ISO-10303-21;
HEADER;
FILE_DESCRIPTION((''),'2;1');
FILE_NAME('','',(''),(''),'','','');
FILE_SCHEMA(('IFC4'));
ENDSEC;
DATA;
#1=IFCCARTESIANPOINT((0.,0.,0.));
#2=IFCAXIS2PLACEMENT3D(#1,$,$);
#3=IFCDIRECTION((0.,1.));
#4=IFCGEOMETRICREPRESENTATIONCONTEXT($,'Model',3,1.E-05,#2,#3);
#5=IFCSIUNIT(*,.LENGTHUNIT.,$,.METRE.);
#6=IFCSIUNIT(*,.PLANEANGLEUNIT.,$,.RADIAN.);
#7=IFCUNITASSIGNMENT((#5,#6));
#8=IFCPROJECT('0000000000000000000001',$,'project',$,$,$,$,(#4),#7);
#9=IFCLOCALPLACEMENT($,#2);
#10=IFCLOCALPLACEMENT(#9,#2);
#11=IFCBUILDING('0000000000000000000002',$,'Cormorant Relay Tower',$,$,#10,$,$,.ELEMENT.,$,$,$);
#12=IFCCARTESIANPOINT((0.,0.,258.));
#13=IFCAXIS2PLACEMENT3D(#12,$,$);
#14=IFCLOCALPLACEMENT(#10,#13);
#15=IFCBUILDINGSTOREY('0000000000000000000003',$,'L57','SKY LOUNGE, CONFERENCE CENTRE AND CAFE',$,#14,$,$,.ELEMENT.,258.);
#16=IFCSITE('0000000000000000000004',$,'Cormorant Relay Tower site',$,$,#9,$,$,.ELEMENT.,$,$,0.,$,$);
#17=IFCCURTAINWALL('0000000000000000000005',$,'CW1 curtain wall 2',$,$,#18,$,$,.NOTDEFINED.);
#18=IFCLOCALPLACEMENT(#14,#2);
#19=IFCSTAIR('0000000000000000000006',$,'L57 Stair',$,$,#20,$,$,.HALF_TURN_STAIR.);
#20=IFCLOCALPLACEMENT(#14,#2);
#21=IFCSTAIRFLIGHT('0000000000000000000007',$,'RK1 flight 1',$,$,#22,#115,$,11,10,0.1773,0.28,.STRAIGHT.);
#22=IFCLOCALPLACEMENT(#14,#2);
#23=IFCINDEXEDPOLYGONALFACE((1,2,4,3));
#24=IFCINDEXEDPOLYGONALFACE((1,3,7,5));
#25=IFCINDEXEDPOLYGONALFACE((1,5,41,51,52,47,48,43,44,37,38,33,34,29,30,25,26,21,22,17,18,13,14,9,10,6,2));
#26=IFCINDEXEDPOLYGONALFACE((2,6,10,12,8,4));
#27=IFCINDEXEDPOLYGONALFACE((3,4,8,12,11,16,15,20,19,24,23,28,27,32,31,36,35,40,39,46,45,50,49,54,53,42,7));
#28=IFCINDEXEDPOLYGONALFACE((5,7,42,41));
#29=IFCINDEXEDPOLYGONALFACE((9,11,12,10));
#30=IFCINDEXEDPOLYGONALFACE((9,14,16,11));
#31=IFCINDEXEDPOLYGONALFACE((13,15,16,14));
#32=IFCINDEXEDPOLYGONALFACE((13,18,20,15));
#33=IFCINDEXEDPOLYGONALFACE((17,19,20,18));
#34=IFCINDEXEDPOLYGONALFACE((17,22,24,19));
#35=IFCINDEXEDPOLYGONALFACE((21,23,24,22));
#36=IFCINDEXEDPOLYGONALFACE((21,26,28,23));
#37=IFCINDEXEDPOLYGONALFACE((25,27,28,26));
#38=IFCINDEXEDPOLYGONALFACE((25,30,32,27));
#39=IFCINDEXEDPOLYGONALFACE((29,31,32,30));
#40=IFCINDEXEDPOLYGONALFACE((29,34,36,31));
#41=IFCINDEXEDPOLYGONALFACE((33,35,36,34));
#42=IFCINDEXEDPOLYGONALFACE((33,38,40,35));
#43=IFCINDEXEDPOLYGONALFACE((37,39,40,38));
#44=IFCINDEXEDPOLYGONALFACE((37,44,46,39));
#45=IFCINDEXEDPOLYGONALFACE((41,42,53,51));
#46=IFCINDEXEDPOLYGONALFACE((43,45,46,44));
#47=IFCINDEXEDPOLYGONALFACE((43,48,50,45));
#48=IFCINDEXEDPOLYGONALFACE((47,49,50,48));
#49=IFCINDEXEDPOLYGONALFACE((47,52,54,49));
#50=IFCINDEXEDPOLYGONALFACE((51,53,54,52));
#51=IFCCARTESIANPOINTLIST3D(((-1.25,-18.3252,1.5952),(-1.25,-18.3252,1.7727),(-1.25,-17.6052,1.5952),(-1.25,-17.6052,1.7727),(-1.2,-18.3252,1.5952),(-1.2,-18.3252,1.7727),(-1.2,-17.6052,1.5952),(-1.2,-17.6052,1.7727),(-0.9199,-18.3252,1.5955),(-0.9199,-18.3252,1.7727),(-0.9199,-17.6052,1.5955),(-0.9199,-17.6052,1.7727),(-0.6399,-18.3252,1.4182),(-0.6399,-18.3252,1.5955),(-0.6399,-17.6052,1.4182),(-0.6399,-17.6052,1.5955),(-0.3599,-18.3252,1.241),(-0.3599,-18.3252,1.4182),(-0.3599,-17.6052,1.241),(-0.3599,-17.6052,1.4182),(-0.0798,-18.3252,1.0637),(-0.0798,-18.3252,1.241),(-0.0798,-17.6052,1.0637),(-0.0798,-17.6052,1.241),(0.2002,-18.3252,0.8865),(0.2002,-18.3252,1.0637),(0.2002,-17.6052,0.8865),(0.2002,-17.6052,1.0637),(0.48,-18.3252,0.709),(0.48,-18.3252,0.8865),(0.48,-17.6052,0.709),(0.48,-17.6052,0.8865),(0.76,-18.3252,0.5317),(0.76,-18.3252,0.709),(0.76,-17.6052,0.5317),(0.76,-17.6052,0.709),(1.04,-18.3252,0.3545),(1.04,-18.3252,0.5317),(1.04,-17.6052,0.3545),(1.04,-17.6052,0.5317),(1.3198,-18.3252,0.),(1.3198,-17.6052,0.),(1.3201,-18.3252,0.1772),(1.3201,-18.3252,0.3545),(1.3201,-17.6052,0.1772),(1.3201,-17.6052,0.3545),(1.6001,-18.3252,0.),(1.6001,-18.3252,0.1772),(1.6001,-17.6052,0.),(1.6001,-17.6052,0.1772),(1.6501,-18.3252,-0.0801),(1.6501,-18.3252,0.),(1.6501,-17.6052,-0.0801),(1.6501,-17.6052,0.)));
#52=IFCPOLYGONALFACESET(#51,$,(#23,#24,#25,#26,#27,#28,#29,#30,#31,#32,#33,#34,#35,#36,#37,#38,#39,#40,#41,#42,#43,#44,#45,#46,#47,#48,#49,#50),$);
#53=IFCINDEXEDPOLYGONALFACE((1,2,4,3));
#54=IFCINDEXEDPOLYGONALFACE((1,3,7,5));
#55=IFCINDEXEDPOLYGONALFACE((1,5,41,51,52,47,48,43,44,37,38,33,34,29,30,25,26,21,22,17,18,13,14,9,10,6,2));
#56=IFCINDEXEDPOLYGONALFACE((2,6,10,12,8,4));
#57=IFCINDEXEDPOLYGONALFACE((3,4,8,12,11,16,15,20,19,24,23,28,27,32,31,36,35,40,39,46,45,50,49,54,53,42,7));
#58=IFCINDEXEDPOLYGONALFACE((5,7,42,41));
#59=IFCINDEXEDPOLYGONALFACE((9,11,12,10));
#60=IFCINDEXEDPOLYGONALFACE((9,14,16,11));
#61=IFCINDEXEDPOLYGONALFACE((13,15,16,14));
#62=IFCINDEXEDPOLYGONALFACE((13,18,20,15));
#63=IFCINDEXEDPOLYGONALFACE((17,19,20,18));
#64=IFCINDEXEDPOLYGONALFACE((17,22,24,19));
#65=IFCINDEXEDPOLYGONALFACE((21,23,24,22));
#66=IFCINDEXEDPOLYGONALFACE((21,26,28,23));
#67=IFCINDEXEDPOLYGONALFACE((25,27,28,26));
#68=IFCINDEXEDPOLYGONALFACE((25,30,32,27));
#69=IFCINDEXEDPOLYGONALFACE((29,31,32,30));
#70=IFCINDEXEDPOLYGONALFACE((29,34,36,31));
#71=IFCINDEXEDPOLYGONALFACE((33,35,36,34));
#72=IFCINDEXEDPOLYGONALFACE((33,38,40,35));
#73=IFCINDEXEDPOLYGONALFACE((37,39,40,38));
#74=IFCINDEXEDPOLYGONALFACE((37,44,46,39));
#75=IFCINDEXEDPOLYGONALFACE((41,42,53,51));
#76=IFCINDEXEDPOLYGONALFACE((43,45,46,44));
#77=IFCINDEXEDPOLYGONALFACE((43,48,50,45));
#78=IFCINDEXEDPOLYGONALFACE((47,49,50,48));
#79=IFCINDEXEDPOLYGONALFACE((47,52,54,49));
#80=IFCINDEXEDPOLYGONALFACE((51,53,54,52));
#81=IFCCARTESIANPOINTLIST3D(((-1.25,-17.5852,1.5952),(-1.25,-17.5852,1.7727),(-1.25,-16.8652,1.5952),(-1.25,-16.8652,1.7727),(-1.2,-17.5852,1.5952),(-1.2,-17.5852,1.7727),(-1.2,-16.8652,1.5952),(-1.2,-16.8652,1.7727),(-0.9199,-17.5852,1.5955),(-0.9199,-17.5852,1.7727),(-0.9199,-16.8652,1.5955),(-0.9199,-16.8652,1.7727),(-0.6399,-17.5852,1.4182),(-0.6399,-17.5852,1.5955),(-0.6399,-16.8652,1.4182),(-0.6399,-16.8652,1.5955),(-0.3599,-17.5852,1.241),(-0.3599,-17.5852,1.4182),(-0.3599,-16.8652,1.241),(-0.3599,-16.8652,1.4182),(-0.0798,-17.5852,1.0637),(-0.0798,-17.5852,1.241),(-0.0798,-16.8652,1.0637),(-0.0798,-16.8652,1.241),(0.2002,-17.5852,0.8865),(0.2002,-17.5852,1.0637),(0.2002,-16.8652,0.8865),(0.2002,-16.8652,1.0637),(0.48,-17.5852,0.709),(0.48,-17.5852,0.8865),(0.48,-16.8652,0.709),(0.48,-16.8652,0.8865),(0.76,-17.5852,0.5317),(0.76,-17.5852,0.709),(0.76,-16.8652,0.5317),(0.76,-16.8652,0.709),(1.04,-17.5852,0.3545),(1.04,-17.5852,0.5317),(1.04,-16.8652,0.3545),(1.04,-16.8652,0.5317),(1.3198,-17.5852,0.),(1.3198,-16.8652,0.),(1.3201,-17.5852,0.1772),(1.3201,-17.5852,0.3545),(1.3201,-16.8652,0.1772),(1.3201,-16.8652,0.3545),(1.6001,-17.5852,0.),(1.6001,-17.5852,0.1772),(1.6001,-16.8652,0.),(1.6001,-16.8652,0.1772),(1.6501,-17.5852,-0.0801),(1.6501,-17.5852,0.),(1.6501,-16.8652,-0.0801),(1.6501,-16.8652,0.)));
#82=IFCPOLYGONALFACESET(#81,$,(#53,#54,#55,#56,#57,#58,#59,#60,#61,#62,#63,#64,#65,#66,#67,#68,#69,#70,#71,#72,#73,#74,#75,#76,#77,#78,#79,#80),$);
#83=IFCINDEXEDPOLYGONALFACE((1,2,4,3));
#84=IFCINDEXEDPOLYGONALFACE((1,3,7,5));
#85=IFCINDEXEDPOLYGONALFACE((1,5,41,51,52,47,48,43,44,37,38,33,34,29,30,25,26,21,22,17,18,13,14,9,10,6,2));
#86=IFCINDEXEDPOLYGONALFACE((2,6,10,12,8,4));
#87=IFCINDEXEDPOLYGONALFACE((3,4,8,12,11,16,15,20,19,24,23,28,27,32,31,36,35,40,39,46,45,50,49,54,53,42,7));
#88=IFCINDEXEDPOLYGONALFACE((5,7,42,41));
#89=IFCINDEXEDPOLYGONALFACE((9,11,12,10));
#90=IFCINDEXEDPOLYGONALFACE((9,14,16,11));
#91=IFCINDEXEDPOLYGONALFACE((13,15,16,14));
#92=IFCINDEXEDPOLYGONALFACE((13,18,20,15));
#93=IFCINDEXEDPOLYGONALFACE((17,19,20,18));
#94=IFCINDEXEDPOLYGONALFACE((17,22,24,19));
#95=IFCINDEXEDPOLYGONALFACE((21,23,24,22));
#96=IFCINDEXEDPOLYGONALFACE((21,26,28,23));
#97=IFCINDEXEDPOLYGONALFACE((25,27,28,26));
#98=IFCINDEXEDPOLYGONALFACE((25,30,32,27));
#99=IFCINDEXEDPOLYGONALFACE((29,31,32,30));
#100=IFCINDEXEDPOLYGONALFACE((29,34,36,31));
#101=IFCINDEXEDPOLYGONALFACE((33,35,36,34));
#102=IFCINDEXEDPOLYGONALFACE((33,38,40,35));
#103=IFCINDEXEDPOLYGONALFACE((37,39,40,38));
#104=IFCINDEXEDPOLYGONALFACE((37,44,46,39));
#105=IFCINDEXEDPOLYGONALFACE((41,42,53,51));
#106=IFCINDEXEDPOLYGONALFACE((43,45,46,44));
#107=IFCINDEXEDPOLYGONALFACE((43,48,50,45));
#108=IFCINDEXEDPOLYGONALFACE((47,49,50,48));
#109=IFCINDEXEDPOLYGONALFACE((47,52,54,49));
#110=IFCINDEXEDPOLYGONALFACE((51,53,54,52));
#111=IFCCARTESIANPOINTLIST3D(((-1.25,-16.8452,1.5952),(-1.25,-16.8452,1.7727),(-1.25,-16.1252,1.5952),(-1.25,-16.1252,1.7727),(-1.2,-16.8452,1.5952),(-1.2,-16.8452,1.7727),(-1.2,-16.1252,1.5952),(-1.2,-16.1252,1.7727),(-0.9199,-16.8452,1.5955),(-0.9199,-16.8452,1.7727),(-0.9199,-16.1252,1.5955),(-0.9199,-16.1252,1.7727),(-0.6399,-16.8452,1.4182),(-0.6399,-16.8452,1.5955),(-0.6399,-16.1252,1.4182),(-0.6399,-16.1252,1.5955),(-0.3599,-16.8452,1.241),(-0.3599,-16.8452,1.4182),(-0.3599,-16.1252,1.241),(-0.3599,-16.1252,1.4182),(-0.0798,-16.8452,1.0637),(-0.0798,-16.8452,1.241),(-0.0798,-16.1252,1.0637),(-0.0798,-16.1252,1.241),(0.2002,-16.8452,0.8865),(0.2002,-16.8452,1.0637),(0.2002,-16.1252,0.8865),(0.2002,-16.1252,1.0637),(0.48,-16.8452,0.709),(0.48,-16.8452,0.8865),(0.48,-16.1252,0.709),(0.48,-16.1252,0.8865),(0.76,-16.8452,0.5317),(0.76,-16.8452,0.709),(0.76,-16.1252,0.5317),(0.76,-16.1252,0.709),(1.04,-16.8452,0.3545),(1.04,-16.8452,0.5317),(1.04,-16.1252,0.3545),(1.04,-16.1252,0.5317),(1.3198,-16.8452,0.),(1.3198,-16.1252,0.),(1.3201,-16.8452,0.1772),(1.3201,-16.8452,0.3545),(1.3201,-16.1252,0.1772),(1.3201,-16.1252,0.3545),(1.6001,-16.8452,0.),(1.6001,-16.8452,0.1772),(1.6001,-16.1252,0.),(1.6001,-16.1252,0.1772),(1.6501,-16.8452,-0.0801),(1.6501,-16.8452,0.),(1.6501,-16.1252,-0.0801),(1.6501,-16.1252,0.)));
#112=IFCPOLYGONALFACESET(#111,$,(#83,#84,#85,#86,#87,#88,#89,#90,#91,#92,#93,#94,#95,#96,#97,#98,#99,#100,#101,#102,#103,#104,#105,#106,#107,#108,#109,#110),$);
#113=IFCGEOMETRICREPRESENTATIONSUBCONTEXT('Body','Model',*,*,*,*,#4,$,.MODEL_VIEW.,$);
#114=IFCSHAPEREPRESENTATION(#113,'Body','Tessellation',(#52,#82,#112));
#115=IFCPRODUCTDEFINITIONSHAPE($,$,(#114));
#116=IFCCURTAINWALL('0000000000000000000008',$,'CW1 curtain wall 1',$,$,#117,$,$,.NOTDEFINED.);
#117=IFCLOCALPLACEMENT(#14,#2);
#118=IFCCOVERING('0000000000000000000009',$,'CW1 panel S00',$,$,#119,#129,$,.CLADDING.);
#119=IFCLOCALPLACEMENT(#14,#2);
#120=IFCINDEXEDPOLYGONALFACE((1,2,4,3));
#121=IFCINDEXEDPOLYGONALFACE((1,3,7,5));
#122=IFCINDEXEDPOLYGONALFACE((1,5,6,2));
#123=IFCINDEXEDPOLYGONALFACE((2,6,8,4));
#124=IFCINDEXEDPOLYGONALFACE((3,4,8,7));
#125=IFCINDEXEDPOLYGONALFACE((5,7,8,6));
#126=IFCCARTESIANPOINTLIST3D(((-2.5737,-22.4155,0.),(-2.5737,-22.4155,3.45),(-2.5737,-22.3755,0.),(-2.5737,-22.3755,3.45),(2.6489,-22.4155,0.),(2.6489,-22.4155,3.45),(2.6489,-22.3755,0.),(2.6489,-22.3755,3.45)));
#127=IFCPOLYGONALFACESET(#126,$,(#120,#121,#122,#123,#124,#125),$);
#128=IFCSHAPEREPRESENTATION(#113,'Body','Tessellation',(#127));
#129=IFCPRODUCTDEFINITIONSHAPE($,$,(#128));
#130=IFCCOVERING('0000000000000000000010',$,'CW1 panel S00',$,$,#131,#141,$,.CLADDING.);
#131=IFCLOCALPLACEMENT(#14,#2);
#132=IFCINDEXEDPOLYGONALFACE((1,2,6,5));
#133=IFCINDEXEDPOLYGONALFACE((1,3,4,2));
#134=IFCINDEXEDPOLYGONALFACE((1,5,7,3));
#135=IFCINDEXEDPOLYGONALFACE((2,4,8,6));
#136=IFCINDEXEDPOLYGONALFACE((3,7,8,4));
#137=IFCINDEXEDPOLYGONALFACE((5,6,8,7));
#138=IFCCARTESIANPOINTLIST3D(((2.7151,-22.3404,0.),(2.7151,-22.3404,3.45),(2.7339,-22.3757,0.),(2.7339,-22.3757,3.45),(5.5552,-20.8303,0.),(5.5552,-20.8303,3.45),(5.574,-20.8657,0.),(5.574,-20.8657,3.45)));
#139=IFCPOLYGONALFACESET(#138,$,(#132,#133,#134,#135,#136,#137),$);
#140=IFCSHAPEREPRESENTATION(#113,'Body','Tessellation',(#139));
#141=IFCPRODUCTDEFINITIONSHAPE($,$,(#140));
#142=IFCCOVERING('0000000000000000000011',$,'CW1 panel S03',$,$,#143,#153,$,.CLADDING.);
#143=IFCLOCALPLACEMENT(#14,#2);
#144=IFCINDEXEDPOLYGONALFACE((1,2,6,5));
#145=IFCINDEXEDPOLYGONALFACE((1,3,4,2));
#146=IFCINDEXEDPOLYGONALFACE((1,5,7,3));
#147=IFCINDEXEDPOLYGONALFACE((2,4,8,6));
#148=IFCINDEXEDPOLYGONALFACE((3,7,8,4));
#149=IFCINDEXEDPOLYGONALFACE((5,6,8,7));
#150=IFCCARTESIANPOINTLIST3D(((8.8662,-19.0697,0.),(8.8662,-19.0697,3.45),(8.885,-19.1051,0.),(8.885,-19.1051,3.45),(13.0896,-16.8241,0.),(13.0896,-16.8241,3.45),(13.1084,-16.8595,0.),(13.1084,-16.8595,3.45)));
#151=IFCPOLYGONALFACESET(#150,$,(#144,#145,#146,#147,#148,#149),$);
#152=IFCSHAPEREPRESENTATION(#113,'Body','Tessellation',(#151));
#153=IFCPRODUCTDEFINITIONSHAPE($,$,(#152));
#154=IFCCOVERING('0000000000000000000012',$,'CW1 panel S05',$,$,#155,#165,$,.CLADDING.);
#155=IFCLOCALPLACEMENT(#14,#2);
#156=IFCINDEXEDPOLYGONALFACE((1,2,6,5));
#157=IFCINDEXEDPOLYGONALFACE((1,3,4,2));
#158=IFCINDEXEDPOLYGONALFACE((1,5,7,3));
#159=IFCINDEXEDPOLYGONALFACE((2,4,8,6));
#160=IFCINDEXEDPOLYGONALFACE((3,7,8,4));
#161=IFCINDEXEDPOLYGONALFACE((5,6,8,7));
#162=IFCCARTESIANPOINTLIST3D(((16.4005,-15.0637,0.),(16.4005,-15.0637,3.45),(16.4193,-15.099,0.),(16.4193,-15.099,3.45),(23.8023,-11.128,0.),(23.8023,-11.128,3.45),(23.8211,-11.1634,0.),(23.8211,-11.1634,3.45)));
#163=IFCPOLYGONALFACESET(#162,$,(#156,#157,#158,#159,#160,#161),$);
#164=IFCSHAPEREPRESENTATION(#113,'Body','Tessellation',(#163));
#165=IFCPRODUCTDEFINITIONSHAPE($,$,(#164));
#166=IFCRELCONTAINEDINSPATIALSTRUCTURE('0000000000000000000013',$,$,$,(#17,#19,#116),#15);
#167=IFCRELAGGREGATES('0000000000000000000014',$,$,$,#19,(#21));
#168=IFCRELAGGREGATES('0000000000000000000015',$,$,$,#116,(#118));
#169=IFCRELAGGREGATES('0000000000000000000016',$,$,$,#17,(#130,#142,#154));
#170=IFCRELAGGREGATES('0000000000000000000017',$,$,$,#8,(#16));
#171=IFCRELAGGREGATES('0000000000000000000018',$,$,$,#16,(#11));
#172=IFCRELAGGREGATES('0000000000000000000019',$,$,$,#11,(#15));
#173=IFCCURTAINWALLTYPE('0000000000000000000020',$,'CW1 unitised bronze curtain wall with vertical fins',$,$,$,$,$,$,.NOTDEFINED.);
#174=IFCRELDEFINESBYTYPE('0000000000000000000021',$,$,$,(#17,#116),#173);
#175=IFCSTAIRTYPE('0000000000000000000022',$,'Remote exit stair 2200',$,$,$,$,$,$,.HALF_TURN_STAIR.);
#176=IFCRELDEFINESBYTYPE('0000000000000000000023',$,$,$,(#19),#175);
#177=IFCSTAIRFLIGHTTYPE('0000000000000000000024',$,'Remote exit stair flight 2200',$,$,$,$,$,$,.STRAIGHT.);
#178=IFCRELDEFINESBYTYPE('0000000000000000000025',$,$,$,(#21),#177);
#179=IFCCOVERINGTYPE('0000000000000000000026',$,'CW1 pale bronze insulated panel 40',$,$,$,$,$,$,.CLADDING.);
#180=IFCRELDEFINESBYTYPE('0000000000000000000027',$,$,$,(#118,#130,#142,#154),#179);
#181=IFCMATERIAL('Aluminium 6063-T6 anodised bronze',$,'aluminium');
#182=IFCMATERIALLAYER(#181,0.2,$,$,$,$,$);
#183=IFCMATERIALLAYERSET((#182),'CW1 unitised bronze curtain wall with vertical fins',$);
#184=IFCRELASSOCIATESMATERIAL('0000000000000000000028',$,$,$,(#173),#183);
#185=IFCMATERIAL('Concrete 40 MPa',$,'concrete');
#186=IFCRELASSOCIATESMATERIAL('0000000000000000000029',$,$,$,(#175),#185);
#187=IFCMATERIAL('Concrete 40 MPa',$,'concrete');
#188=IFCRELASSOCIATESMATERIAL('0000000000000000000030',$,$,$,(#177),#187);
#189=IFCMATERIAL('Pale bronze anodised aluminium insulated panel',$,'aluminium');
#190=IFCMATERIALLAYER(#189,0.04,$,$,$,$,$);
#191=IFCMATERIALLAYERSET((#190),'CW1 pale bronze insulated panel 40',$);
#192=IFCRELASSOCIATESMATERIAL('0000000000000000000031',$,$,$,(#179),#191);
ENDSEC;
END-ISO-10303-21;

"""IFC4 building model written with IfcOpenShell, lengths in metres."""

from ifc_helpers import new_model, si_unit, direction, frame, origin, origin_2d, place, context, subcontext, project, spatial, polyline, rectangle, outline, extrude, material, layer, layer_set, type_object, element, aggregate, save


model = new_model("IFC4")

# Units and contexts
model_context = context("Model", 3, precision=1e-05, world=origin(), true_north=direction((0.0, 1.0)))
body_context = subcontext(model_context, "Body", "Model", "MODEL_VIEW")
ifc_project = project(units=[si_unit("LENGTHUNIT", "METRE"), si_unit("PLANEANGLEUNIT", "RADIAN")], contexts=[model_context])

# Site, building, storey
site_placement = place(None, origin())
site = spatial("IfcSite", under=ifc_project, at=site_placement, Name="Cormorant Relay Tower site", CompositionType="ELEMENT", RefElevation=0.0)
building_placement = place(site_placement, origin())
building = spatial("IfcBuilding", under=site, at=building_placement, Name="Cormorant Relay Tower", CompositionType="ELEMENT")
storey_placement = place(building_placement, frame((0.0, 0.0, 258.0)))
storey = spatial("IfcBuildingStorey", under=building, at=storey_placement, Name="L57", Description="SKY LOUNGE, CONFERENCE CENTRE AND CAFE", CompositionType="ELEMENT", Elevation=258.0)

# Curtain wall
ifc_material_1 = material(Name="Aluminium 6063-T6 anodised bronze", Category="aluminium")
ifc_layer_1 = layer(ifc_material_1, 0.2)
ifc_layer_set_1 = layer_set([ifc_layer_1], Name="CW1 unitised bronze curtain wall with vertical fins")
curtain_wall_type = type_object("IfcCurtainWallType", Name="CW1 unitised bronze curtain wall with vertical fins", PredefinedType="NOTDEFINED", material=ifc_layer_set_1)
curtain_wall_1_placement = place(storey_placement, origin())
curtain_wall_1 = element("IfcCurtainWall", 1, at=curtain_wall_1_placement, inside=storey, type_object=curtain_wall_type, Name="CW1 curtain wall 2", PredefinedType="NOTDEFINED")

# Stair, stair flight
ifc_material_2 = material(Name="Concrete 40 MPa", Category="concrete")
stair_type = type_object("IfcStairType", Name="Remote exit stair 2200", PredefinedType="HALF_TURN_STAIR", material=ifc_material_2)
stair_placement = place(storey_placement, origin())
stair = element("IfcStair", 2, at=stair_placement, inside=storey, type_object=stair_type, Name="L57 Stair", PredefinedType="HALF_TURN_STAIR")
ifc_material_3 = material(Name="Concrete 40 MPa", Category="concrete")
stair_flight_type = type_object("IfcStairFlightType", Name="Remote exit stair flight 2200", PredefinedType="STRAIGHT", material=ifc_material_3)
stair_flight_placement = place(storey_placement, frame((1.6001, -17.2251, 0.0), z_axis=(0.0, 0.0, 1.0), x_axis=(-1.0, 0.0, 0.0)))
stair_flight = element("IfcStairFlight", 3, at=stair_flight_placement, type_object=stair_flight_type, Name="RK1 flight 1", NumberOfRisers=11, NumberOfTreads=10, PredefinedType="STRAIGHT", RiserHeight=0.1773, TreadLength=0.28, context=body_context, shape_type="SweptSolid", body=[
    extrude(outline(polyline([(-0.05, -0.0801), (-0.05, 0.0), (0.0, 0.0), (0.0, 0.1772), (0.28, 0.1772), (0.28, 0.3545), (0.5601, 0.3545), (0.5601, 0.5317), (0.8401, 0.5317), (0.8401, 0.709), (1.1201, 0.709), (1.1201, 0.8865), (1.3999, 0.8865), (1.3999, 1.0637), (1.6799, 1.0637), (1.6799, 1.241), (1.96, 1.241), (1.96, 1.4182), (2.24, 1.4182), (2.24, 1.5955), (2.52, 1.5955), (2.52, 1.7727), (2.8, 1.7727), (2.8501, 1.7727), (2.8501, 1.5952), (2.8, 1.5952), (0.2803, 0.0), (-0.05, -0.0801)])), frame((0.0, 1.1001, 0.0), z_axis=(0.0, -1.0, 0.0), x_axis=(1.0, 0.0, 0.0)), (0.0, 0.0, 1.0), 0.72),
    extrude(outline(polyline([(-0.05, -0.0801), (-0.05, 0.0), (0.0, 0.0), (0.0, 0.1772), (0.28, 0.1772), (0.28, 0.3545), (0.5601, 0.3545), (0.5601, 0.5317), (0.8401, 0.5317), (0.8401, 0.709), (1.1201, 0.709), (1.1201, 0.8865), (1.3999, 0.8865), (1.3999, 1.0637), (1.6799, 1.0637), (1.6799, 1.241), (1.96, 1.241), (1.96, 1.4182), (2.24, 1.4182), (2.24, 1.5955), (2.52, 1.5955), (2.52, 1.7727), (2.8, 1.7727), (2.8501, 1.7727), (2.8501, 1.5952), (2.8, 1.5952), (0.2803, 0.0), (-0.05, -0.0801)])), frame((0.0, 0.3601, 0.0), z_axis=(0.0, -1.0, 0.0), x_axis=(1.0, 0.0, 0.0)), (0.0, 0.0, 1.0), 0.72),
    extrude(outline(polyline([(-0.05, -0.0801), (-0.05, 0.0), (0.0, 0.0), (0.0, 0.1772), (0.28, 0.1772), (0.28, 0.3545), (0.5601, 0.3545), (0.5601, 0.5317), (0.8401, 0.5317), (0.8401, 0.709), (1.1201, 0.709), (1.1201, 0.8865), (1.3999, 0.8865), (1.3999, 1.0637), (1.6799, 1.0637), (1.6799, 1.241), (1.96, 1.241), (1.96, 1.4182), (2.24, 1.4182), (2.24, 1.5955), (2.52, 1.5955), (2.52, 1.7727), (2.8, 1.7727), (2.8501, 1.7727), (2.8501, 1.5952), (2.8, 1.5952), (0.2803, 0.0), (-0.05, -0.0801)])), frame((0.0, -0.3799, 0.0), z_axis=(0.0, -1.0, 0.0), x_axis=(1.0, 0.0, 0.0)), (0.0, 0.0, 1.0), 0.72),
])
aggregate(stair, [stair_flight])

# Curtain wall, covering
curtain_wall_2_placement = place(storey_placement, origin())
curtain_wall_2 = element("IfcCurtainWall", 4, at=curtain_wall_2_placement, inside=storey, type_object=curtain_wall_type, Name="CW1 curtain wall 1", PredefinedType="NOTDEFINED")
ifc_material_4 = material(Name="Pale bronze anodised aluminium insulated panel", Category="aluminium")
ifc_layer_2 = layer(ifc_material_4, 0.04)
ifc_layer_set_2 = layer_set([ifc_layer_2], Name="CW1 pale bronze insulated panel 40")
covering_type = type_object("IfcCoveringType", Name="CW1 pale bronze insulated panel 40", PredefinedType="CLADDING", material=ifc_layer_set_2)
covering_1_placement = place(storey_placement, frame((0.0376, -22.3955, 0.0), z_axis=(0.0, 0.0, 1.0), x_axis=(1.0, 0.0, 0.0)))
covering_1 = element("IfcCovering", 5, at=covering_1_placement, type_object=covering_type, Name="CW1 panel S00", PredefinedType="CLADDING", context=body_context, shape_type="SweptSolid", body=[
    extrude(rectangle(XDim=5.2227, YDim=0.04, at=origin_2d()), origin(), (0.0, 0.0, 1.0), 3.45),
])
aggregate(curtain_wall_2, [covering_1])

# Coverings
covering_2_placement = place(storey_placement, frame((4.1445, -21.603, 0.0), z_axis=(0.0, 0.0, 1.0), x_axis=(0.882948, 0.469472, 0.0)))
covering_2 = element("IfcCovering", 6, at=covering_2_placement, type_object=covering_type, Name="CW1 panel S00", PredefinedType="CLADDING", context=body_context, shape_type="SweptSolid", body=[
    extrude(rectangle(XDim=3.2166, YDim=0.04, at=origin_2d()), origin(), (0.0, 0.0, 1.0), 3.45),
])
covering_3_placement = place(storey_placement, frame((10.9873, -17.9646, 0.0), z_axis=(0.0, 0.0, 1.0), x_axis=(0.882948, 0.469472, 0.0)))
covering_3 = element("IfcCovering", 7, at=covering_3_placement, type_object=covering_type, Name="CW1 panel S03", PredefinedType="CLADDING", context=body_context, shape_type="SweptSolid", body=[
    extrude(rectangle(XDim=4.7832, YDim=0.04, at=origin_2d()), origin(), (0.0, 0.0, 1.0), 3.45),
])
covering_4_placement = place(storey_placement, frame((20.1108, -13.1135, 0.0), z_axis=(0.0, 0.0, 1.0), x_axis=(0.882948, 0.469472, 0.0)))
covering_4 = element("IfcCovering", 8, at=covering_4_placement, type_object=covering_type, Name="CW1 panel S05", PredefinedType="CLADDING", context=body_context, shape_type="SweptSolid", body=[
    extrude(rectangle(XDim=8.3831, YDim=0.04, at=origin_2d()), origin(), (0.0, 0.0, 1.0), 3.45),
])
aggregate(curtain_wall_1, [covering_2, covering_3, covering_4])

save(model, "model.ifc")
